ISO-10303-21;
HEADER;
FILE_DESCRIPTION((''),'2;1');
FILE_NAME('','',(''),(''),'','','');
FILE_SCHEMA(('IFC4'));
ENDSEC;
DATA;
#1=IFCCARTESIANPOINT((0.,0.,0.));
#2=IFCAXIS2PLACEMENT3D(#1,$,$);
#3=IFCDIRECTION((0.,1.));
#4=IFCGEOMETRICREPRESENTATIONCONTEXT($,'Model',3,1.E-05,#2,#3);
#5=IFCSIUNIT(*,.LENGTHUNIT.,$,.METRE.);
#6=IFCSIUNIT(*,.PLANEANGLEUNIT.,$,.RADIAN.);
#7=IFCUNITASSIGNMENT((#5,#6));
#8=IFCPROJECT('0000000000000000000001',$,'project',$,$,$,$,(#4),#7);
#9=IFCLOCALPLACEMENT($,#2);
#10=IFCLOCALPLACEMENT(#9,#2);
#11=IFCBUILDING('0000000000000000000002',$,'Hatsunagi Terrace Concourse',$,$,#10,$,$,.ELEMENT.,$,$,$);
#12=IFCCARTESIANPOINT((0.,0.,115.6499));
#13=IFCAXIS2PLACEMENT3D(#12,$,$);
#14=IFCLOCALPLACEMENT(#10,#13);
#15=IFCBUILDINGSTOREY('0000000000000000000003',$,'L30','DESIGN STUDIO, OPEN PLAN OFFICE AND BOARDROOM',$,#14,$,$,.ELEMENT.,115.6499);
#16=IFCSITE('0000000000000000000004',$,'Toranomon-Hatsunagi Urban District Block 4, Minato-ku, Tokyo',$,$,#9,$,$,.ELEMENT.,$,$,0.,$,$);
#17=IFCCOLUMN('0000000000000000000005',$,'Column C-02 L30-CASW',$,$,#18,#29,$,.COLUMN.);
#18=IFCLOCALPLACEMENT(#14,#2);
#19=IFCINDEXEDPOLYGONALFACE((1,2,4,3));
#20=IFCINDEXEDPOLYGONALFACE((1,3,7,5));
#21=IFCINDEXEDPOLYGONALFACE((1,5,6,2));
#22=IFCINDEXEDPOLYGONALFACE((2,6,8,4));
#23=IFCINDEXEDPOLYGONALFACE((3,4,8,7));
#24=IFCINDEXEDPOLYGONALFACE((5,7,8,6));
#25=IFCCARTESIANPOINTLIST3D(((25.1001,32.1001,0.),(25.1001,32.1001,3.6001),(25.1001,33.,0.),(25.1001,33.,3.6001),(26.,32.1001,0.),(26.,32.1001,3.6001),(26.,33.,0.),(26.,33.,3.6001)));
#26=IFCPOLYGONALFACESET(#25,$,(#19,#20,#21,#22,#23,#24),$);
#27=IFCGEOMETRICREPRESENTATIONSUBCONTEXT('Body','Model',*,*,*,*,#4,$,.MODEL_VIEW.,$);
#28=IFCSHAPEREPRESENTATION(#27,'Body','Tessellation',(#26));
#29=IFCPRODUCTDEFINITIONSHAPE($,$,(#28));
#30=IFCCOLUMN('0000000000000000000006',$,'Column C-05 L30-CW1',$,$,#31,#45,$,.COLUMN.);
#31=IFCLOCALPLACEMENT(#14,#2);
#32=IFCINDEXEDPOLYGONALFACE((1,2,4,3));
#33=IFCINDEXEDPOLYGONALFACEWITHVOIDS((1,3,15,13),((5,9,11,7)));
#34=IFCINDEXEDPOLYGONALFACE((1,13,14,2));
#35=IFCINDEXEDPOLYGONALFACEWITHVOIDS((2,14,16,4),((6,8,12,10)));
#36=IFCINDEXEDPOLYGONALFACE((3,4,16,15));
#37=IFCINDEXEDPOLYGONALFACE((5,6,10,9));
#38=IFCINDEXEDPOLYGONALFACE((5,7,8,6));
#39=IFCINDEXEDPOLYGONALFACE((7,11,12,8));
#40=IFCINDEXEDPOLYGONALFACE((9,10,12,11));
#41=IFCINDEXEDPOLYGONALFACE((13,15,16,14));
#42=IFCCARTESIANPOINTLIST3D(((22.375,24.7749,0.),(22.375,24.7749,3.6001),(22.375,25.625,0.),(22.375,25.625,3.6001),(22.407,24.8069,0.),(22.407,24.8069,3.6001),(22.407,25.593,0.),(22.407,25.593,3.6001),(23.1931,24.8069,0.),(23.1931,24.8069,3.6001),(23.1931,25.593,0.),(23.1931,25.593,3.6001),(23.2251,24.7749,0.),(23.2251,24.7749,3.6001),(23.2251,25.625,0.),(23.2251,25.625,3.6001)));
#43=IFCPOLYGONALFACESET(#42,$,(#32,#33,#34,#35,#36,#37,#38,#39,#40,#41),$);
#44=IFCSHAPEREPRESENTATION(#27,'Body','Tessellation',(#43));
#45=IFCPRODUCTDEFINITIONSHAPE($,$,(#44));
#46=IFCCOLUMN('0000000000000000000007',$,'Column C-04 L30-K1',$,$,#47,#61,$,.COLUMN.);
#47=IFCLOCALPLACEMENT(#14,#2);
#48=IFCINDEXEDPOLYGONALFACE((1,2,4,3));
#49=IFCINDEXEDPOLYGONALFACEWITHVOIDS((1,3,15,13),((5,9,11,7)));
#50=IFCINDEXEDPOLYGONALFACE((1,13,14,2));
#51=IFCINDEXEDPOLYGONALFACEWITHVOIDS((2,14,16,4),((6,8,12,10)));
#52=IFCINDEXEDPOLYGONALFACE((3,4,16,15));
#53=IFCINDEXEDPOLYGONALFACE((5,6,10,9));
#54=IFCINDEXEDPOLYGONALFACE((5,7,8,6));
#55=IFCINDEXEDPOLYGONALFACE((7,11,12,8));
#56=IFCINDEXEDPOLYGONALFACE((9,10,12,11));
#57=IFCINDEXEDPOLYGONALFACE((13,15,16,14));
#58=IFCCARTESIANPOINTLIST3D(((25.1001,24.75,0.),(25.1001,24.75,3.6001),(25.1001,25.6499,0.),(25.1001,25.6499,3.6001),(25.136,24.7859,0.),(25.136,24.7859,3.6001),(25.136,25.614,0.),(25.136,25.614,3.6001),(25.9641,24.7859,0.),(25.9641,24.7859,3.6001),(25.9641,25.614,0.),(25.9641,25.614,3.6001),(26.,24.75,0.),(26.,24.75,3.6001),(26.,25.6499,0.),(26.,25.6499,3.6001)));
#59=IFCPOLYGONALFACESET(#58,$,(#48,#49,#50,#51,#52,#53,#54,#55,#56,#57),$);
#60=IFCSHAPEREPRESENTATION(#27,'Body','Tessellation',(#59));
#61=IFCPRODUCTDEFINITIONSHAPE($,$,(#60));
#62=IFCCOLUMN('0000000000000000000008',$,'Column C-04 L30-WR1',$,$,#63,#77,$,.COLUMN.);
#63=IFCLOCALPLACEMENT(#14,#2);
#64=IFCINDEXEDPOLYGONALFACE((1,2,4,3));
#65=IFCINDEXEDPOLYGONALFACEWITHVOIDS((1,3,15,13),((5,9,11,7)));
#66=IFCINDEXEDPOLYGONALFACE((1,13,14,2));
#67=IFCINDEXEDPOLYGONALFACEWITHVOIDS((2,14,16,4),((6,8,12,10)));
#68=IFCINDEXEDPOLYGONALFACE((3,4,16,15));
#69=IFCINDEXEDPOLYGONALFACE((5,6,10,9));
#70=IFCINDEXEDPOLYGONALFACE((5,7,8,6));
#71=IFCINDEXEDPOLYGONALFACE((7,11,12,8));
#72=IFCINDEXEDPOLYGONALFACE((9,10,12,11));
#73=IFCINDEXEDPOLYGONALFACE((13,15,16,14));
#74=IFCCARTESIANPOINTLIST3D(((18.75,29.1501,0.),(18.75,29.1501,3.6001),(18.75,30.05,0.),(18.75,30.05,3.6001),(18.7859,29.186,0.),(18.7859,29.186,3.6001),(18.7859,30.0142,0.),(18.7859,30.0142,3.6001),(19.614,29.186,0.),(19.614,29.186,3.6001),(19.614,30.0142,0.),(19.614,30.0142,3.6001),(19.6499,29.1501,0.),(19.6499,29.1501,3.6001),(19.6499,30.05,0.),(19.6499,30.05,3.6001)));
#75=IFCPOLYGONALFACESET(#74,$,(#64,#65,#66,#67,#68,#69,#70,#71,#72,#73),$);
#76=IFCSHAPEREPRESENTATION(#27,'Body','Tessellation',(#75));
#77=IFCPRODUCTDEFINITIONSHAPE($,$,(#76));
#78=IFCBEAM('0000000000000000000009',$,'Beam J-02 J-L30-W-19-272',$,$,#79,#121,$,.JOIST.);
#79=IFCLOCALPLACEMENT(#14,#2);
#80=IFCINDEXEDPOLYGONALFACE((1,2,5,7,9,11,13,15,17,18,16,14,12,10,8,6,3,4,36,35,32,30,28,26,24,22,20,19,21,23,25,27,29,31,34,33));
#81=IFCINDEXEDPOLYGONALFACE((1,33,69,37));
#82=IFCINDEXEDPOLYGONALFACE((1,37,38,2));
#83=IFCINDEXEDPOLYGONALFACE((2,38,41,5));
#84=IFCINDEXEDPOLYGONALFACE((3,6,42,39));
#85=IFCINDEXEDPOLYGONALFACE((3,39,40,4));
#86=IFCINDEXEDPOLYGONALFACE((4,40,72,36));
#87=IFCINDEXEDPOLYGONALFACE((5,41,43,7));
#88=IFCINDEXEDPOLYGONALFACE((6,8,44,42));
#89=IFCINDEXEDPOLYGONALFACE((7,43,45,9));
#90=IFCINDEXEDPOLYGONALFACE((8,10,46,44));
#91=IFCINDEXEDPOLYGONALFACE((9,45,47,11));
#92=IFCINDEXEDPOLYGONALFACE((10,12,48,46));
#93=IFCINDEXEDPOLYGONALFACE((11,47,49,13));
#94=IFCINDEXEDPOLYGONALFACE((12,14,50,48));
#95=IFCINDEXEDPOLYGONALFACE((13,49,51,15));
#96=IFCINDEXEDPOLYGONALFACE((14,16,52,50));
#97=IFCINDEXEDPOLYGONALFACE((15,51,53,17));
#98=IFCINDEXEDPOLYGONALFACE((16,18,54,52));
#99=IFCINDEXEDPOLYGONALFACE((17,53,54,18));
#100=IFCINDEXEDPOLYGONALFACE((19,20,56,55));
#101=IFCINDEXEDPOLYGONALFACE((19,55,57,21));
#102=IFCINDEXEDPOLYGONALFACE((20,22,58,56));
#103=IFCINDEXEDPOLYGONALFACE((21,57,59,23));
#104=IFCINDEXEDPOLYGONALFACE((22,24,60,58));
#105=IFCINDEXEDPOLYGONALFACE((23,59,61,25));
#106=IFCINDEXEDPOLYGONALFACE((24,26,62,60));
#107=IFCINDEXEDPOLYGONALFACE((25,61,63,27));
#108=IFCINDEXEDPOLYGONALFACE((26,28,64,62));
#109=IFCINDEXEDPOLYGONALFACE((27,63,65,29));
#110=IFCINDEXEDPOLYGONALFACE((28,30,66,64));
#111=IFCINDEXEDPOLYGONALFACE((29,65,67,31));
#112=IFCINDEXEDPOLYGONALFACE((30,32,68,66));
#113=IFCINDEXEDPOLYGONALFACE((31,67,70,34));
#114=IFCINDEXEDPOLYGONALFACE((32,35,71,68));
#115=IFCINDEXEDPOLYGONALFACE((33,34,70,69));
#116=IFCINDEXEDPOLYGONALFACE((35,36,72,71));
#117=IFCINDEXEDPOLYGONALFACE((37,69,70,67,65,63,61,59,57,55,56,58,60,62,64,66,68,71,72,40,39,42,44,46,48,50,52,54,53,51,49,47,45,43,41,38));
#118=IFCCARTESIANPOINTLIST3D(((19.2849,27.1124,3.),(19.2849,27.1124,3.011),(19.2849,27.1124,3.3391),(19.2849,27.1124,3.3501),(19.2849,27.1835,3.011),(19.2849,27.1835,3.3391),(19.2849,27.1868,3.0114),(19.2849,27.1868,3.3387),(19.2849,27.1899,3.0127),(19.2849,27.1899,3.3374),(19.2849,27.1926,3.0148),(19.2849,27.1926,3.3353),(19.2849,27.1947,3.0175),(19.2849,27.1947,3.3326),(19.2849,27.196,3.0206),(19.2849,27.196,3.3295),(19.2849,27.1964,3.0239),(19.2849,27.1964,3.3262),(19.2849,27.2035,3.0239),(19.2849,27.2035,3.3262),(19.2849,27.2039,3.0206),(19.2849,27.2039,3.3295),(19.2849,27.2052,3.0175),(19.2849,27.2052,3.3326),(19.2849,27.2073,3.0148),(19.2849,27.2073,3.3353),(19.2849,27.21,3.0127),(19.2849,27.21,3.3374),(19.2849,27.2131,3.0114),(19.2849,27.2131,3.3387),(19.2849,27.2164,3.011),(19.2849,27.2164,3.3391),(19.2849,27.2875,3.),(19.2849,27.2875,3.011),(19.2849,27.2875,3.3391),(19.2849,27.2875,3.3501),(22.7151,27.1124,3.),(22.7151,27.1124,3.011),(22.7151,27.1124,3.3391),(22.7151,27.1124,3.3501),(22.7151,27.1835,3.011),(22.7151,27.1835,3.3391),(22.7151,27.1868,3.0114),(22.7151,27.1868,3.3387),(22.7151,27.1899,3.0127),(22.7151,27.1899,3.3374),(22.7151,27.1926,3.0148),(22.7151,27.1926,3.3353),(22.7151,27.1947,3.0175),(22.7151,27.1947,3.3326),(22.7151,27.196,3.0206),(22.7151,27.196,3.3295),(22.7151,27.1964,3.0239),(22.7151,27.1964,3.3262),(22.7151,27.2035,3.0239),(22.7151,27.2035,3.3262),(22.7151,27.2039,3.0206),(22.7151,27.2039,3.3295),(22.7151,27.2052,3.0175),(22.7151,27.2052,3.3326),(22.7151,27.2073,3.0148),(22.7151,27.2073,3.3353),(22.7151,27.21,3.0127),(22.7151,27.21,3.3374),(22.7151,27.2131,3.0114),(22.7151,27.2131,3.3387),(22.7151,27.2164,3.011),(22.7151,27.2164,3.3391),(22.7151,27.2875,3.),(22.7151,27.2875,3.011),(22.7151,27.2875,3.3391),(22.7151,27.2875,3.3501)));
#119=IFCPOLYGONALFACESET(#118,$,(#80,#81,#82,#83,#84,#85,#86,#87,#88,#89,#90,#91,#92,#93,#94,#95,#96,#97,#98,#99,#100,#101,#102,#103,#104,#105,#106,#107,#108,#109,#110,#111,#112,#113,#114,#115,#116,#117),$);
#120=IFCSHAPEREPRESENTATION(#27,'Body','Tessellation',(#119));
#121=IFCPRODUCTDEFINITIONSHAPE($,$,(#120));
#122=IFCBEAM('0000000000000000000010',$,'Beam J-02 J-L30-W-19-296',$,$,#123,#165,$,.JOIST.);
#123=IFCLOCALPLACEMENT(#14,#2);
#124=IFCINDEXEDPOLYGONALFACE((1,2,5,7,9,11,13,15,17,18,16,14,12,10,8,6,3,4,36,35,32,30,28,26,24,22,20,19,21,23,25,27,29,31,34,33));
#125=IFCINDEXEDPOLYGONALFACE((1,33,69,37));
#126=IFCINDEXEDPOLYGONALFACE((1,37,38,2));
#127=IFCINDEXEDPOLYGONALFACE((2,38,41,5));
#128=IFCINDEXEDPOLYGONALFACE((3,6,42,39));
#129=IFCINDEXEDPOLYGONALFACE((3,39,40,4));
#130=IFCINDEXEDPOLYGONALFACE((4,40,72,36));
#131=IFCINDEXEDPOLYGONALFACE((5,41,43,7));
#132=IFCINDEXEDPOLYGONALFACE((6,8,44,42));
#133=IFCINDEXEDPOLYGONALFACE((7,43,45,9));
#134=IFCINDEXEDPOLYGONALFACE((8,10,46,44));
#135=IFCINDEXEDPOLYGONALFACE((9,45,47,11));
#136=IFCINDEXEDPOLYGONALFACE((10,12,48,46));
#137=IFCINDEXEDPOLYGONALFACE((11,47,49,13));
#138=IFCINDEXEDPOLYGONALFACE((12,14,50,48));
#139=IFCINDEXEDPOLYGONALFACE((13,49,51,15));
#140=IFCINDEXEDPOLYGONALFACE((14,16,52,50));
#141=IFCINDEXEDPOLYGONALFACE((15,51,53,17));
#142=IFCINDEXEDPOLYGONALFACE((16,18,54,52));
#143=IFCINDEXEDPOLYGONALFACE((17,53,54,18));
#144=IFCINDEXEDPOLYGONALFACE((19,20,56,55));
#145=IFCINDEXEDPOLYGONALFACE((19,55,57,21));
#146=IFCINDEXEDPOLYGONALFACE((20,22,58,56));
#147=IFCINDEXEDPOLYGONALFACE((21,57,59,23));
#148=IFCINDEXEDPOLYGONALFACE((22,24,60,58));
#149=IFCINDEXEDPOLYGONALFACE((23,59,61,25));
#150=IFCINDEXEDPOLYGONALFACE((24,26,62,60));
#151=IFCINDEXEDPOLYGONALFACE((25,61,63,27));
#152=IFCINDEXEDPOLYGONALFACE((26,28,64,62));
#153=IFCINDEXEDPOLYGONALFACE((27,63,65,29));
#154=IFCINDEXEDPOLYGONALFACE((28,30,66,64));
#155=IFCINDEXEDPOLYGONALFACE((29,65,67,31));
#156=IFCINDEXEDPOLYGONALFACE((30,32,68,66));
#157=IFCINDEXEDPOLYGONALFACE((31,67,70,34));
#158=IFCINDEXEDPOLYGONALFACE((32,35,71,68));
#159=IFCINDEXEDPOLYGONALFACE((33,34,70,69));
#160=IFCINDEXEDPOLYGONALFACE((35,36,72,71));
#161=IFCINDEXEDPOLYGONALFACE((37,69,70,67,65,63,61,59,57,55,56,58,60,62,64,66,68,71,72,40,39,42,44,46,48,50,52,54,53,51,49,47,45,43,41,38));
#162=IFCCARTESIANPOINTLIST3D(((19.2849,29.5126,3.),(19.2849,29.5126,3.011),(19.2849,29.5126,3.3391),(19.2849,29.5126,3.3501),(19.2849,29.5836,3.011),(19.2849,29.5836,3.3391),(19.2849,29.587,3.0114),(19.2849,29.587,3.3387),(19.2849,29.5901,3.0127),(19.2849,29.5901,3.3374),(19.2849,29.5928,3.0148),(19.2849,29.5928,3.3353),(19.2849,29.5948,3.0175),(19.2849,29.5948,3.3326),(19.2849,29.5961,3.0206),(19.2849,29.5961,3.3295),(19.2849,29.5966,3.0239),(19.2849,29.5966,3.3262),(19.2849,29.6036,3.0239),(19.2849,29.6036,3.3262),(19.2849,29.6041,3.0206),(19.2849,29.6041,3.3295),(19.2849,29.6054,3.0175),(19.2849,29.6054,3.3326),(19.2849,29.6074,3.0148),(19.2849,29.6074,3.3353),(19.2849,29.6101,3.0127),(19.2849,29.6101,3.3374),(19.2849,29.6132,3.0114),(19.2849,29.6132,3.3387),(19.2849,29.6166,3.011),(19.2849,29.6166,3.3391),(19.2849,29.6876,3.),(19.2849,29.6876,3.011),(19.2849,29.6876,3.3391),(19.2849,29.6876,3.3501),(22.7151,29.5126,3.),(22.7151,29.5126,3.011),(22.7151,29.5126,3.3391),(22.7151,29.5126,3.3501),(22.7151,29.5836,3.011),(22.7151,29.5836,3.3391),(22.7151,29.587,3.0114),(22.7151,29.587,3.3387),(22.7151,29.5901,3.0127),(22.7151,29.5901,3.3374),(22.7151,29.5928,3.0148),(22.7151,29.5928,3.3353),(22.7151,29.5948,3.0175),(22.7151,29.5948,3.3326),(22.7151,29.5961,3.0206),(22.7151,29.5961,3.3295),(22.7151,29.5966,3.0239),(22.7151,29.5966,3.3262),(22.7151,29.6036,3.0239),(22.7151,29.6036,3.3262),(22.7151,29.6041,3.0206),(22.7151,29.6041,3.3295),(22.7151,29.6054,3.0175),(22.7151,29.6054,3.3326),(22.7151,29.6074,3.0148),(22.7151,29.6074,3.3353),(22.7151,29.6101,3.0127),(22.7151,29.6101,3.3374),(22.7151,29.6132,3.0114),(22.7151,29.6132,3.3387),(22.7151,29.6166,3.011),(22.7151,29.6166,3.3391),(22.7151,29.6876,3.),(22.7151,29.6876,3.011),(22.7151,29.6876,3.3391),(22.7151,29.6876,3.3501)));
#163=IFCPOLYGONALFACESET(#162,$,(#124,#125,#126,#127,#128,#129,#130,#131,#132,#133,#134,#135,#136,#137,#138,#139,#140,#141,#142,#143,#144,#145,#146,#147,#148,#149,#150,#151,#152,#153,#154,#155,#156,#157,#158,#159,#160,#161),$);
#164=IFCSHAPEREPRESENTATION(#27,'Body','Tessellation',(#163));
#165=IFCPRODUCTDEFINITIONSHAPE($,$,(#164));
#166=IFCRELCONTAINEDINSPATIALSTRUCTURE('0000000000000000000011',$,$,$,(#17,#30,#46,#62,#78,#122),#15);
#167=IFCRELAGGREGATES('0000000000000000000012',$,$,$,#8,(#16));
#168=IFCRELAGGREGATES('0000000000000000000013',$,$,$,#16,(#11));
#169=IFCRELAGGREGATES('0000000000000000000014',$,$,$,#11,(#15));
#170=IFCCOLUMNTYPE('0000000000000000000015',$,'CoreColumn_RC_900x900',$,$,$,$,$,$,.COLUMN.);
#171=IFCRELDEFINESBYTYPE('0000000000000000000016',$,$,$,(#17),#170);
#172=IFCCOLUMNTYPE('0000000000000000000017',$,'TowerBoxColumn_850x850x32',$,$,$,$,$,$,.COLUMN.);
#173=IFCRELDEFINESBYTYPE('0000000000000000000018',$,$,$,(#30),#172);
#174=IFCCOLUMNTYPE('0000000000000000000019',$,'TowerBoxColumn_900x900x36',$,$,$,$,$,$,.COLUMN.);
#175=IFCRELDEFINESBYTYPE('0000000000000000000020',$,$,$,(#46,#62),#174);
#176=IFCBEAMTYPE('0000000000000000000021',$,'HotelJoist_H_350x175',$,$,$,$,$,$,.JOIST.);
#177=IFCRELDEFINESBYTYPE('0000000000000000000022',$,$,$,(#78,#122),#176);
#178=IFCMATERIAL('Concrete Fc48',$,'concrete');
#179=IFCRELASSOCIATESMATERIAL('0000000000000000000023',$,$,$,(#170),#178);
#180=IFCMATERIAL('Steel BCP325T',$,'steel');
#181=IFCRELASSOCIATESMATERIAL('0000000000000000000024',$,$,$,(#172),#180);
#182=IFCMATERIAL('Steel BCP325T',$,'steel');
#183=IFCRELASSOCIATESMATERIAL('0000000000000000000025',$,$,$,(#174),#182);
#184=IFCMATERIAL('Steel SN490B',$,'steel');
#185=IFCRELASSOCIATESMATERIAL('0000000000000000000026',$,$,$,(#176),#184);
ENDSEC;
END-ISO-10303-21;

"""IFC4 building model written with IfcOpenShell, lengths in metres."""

from ifc_helpers import new_model, si_unit, direction, frame, origin, origin_2d, place, context, subcontext, project, spatial, rectangle, hollow_rectangle, i_section, extrude, material, material_profile, profile_set, type_object, element, save


model = new_model("IFC4")

# Units and contexts
model_context = context("Model", 3, precision=1e-05, world=origin(), true_north=direction((0.0, 1.0)))
body_context = subcontext(model_context, "Body", "Model", "MODEL_VIEW")
ifc_project = project(units=[si_unit("LENGTHUNIT", "METRE"), si_unit("PLANEANGLEUNIT", "RADIAN")], contexts=[model_context])

# Site, building, storey
site_placement = place(None, origin())
site = spatial("IfcSite", under=ifc_project, at=site_placement, Name="Toranomon-Hatsunagi Urban District Block 4, Minato-ku, Tokyo", CompositionType="ELEMENT", RefElevation=0.0)
building_placement = place(site_placement, origin())
building = spatial("IfcBuilding", under=site, at=building_placement, Name="Hatsunagi Terrace Concourse", CompositionType="ELEMENT")
storey_placement = place(building_placement, frame((0.0, 0.0, 115.6499)))
storey = spatial("IfcBuildingStorey", under=building, at=storey_placement, Name="L30", Description="DESIGN STUDIO, OPEN PLAN OFFICE AND BOARDROOM", CompositionType="ELEMENT", Elevation=115.6499)

# Columns
ifc_material_1 = material(Name="Concrete Fc48", Category="concrete")
ifc_material_profile_1 = material_profile(ifc_material_1, rectangle(XDim=0.8999, YDim=0.8999, at=origin_2d()), Name="RC-900x900")
ifc_profile_set_1 = profile_set([ifc_material_profile_1], Name="Concrete Fc48")
column_type_1 = type_object("IfcColumnType", Name="CoreColumn_RC_900x900", PredefinedType="COLUMN", material=ifc_profile_set_1)
column_1_placement = place(storey_placement, frame((25.55, 32.55, 0.0), z_axis=(0.0, 0.0, 1.0), x_axis=(1.0, 0.0, 0.0)))
element("IfcColumn", 1, at=column_1_placement, inside=storey, type_object=column_type_1, Name="Column C-02 L30-CASW", PredefinedType="COLUMN", context=body_context, shape_type="SweptSolid", body=[
    extrude(rectangle(XDim=0.8999, YDim=0.8999, at=origin_2d()), origin(), (0.0, 0.0, 1.0), 3.6001),
])
ifc_material_2 = material(Name="Steel BCP325T", Category="steel")
ifc_material_profile_2 = material_profile(ifc_material_2, hollow_rectangle(XDim=0.8501, YDim=0.8501, WallThickness=0.032, at=origin_2d()), Name="BCP-850x850x32")
ifc_profile_set_2 = profile_set([ifc_material_profile_2], Name="Steel BCP325T")
column_type_2 = type_object("IfcColumnType", Name="TowerBoxColumn_850x850x32", PredefinedType="COLUMN", material=ifc_profile_set_2)
column_2_placement = place(storey_placement, frame((22.8, 25.2, 0.0), z_axis=(0.0, 0.0, 1.0), x_axis=(1.0, 0.0, 0.0)))
element("IfcColumn", 2, at=column_2_placement, inside=storey, type_object=column_type_2, Name="Column C-05 L30-CW1", PredefinedType="COLUMN", context=body_context, shape_type="SweptSolid", body=[
    extrude(hollow_rectangle(XDim=0.8501, YDim=0.8501, WallThickness=0.032, at=origin_2d()), origin(), (0.0, 0.0, 1.0), 3.6001),
])
ifc_material_3 = material(Name="Steel BCP325T", Category="steel")
ifc_material_profile_3 = material_profile(ifc_material_3, hollow_rectangle(XDim=0.8999, YDim=0.8999, WallThickness=0.0359, at=origin_2d()), Name="BCP-900x900x36")
ifc_profile_set_3 = profile_set([ifc_material_profile_3], Name="Steel BCP325T")
column_type_3 = type_object("IfcColumnType", Name="TowerBoxColumn_900x900x36", PredefinedType="COLUMN", material=ifc_profile_set_3)
for number, where, z_axis, x_axis, name in (
    (3, (25.55, 25.2, 0.0), (0.0, 0.0, 1.0), (1.0, 0.0, 0.0), "Column C-04 L30-K1"),
    (4, (19.2, 29.6001, 0.0), (0.0, 0.0, 1.0), (1.0, 0.0, 0.0), "Column C-04 L30-WR1"),
):
    element("IfcColumn", number, at=place(storey_placement, frame(where, z_axis=z_axis, x_axis=x_axis)), inside=storey, type_object=column_type_3, Name=name, PredefinedType="COLUMN", context=body_context, shape_type="SweptSolid", body=[
        extrude(hollow_rectangle(XDim=0.8999, YDim=0.8999, WallThickness=0.0359, at=origin_2d()), origin(), (0.0, 0.0, 1.0), 3.6001),
    ])

# Beams
ifc_material_4 = material(Name="Steel SN490B", Category="steel")
ifc_material_profile_4 = material_profile(ifc_material_4, i_section(OverallWidth=0.175, OverallDepth=0.3501, WebThickness=0.0071, FlangeThickness=0.011, FilletRadius=0.0129, at=origin_2d()), Name="H-350x175x7x11")
ifc_profile_set_4 = profile_set([ifc_material_profile_4], Name="Steel SN490B")
beam_type_1 = type_object("IfcBeamType", Name="HotelJoist_H_350x175", PredefinedType="JOIST", material=ifc_profile_set_4)
for number, where, z_axis, x_axis, name in (
    (5, (19.2849, 27.2, 3.175), (1.0, 0.0, 0.0), (0.0, 1.0, 0.0), "Beam J-02 J-L30-W-19-272"),
    (6, (19.2849, 29.6001, 3.175), (1.0, 0.0, 0.0), (0.0, 1.0, 0.0), "Beam J-02 J-L30-W-19-296"),
):
    element("IfcBeam", number, at=place(storey_placement, frame(where, z_axis=z_axis, x_axis=x_axis)), inside=storey, type_object=beam_type_1, Name=name, PredefinedType="JOIST", context=body_context, shape_type="SweptSolid", body=[
        extrude(i_section(OverallWidth=0.175, OverallDepth=0.3501, WebThickness=0.0071, FlangeThickness=0.011, FilletRadius=0.0129, at=origin_2d()), origin(), (0.0, 0.0, 1.0), 3.4302),
    ])

save(model, "model.ifc")
